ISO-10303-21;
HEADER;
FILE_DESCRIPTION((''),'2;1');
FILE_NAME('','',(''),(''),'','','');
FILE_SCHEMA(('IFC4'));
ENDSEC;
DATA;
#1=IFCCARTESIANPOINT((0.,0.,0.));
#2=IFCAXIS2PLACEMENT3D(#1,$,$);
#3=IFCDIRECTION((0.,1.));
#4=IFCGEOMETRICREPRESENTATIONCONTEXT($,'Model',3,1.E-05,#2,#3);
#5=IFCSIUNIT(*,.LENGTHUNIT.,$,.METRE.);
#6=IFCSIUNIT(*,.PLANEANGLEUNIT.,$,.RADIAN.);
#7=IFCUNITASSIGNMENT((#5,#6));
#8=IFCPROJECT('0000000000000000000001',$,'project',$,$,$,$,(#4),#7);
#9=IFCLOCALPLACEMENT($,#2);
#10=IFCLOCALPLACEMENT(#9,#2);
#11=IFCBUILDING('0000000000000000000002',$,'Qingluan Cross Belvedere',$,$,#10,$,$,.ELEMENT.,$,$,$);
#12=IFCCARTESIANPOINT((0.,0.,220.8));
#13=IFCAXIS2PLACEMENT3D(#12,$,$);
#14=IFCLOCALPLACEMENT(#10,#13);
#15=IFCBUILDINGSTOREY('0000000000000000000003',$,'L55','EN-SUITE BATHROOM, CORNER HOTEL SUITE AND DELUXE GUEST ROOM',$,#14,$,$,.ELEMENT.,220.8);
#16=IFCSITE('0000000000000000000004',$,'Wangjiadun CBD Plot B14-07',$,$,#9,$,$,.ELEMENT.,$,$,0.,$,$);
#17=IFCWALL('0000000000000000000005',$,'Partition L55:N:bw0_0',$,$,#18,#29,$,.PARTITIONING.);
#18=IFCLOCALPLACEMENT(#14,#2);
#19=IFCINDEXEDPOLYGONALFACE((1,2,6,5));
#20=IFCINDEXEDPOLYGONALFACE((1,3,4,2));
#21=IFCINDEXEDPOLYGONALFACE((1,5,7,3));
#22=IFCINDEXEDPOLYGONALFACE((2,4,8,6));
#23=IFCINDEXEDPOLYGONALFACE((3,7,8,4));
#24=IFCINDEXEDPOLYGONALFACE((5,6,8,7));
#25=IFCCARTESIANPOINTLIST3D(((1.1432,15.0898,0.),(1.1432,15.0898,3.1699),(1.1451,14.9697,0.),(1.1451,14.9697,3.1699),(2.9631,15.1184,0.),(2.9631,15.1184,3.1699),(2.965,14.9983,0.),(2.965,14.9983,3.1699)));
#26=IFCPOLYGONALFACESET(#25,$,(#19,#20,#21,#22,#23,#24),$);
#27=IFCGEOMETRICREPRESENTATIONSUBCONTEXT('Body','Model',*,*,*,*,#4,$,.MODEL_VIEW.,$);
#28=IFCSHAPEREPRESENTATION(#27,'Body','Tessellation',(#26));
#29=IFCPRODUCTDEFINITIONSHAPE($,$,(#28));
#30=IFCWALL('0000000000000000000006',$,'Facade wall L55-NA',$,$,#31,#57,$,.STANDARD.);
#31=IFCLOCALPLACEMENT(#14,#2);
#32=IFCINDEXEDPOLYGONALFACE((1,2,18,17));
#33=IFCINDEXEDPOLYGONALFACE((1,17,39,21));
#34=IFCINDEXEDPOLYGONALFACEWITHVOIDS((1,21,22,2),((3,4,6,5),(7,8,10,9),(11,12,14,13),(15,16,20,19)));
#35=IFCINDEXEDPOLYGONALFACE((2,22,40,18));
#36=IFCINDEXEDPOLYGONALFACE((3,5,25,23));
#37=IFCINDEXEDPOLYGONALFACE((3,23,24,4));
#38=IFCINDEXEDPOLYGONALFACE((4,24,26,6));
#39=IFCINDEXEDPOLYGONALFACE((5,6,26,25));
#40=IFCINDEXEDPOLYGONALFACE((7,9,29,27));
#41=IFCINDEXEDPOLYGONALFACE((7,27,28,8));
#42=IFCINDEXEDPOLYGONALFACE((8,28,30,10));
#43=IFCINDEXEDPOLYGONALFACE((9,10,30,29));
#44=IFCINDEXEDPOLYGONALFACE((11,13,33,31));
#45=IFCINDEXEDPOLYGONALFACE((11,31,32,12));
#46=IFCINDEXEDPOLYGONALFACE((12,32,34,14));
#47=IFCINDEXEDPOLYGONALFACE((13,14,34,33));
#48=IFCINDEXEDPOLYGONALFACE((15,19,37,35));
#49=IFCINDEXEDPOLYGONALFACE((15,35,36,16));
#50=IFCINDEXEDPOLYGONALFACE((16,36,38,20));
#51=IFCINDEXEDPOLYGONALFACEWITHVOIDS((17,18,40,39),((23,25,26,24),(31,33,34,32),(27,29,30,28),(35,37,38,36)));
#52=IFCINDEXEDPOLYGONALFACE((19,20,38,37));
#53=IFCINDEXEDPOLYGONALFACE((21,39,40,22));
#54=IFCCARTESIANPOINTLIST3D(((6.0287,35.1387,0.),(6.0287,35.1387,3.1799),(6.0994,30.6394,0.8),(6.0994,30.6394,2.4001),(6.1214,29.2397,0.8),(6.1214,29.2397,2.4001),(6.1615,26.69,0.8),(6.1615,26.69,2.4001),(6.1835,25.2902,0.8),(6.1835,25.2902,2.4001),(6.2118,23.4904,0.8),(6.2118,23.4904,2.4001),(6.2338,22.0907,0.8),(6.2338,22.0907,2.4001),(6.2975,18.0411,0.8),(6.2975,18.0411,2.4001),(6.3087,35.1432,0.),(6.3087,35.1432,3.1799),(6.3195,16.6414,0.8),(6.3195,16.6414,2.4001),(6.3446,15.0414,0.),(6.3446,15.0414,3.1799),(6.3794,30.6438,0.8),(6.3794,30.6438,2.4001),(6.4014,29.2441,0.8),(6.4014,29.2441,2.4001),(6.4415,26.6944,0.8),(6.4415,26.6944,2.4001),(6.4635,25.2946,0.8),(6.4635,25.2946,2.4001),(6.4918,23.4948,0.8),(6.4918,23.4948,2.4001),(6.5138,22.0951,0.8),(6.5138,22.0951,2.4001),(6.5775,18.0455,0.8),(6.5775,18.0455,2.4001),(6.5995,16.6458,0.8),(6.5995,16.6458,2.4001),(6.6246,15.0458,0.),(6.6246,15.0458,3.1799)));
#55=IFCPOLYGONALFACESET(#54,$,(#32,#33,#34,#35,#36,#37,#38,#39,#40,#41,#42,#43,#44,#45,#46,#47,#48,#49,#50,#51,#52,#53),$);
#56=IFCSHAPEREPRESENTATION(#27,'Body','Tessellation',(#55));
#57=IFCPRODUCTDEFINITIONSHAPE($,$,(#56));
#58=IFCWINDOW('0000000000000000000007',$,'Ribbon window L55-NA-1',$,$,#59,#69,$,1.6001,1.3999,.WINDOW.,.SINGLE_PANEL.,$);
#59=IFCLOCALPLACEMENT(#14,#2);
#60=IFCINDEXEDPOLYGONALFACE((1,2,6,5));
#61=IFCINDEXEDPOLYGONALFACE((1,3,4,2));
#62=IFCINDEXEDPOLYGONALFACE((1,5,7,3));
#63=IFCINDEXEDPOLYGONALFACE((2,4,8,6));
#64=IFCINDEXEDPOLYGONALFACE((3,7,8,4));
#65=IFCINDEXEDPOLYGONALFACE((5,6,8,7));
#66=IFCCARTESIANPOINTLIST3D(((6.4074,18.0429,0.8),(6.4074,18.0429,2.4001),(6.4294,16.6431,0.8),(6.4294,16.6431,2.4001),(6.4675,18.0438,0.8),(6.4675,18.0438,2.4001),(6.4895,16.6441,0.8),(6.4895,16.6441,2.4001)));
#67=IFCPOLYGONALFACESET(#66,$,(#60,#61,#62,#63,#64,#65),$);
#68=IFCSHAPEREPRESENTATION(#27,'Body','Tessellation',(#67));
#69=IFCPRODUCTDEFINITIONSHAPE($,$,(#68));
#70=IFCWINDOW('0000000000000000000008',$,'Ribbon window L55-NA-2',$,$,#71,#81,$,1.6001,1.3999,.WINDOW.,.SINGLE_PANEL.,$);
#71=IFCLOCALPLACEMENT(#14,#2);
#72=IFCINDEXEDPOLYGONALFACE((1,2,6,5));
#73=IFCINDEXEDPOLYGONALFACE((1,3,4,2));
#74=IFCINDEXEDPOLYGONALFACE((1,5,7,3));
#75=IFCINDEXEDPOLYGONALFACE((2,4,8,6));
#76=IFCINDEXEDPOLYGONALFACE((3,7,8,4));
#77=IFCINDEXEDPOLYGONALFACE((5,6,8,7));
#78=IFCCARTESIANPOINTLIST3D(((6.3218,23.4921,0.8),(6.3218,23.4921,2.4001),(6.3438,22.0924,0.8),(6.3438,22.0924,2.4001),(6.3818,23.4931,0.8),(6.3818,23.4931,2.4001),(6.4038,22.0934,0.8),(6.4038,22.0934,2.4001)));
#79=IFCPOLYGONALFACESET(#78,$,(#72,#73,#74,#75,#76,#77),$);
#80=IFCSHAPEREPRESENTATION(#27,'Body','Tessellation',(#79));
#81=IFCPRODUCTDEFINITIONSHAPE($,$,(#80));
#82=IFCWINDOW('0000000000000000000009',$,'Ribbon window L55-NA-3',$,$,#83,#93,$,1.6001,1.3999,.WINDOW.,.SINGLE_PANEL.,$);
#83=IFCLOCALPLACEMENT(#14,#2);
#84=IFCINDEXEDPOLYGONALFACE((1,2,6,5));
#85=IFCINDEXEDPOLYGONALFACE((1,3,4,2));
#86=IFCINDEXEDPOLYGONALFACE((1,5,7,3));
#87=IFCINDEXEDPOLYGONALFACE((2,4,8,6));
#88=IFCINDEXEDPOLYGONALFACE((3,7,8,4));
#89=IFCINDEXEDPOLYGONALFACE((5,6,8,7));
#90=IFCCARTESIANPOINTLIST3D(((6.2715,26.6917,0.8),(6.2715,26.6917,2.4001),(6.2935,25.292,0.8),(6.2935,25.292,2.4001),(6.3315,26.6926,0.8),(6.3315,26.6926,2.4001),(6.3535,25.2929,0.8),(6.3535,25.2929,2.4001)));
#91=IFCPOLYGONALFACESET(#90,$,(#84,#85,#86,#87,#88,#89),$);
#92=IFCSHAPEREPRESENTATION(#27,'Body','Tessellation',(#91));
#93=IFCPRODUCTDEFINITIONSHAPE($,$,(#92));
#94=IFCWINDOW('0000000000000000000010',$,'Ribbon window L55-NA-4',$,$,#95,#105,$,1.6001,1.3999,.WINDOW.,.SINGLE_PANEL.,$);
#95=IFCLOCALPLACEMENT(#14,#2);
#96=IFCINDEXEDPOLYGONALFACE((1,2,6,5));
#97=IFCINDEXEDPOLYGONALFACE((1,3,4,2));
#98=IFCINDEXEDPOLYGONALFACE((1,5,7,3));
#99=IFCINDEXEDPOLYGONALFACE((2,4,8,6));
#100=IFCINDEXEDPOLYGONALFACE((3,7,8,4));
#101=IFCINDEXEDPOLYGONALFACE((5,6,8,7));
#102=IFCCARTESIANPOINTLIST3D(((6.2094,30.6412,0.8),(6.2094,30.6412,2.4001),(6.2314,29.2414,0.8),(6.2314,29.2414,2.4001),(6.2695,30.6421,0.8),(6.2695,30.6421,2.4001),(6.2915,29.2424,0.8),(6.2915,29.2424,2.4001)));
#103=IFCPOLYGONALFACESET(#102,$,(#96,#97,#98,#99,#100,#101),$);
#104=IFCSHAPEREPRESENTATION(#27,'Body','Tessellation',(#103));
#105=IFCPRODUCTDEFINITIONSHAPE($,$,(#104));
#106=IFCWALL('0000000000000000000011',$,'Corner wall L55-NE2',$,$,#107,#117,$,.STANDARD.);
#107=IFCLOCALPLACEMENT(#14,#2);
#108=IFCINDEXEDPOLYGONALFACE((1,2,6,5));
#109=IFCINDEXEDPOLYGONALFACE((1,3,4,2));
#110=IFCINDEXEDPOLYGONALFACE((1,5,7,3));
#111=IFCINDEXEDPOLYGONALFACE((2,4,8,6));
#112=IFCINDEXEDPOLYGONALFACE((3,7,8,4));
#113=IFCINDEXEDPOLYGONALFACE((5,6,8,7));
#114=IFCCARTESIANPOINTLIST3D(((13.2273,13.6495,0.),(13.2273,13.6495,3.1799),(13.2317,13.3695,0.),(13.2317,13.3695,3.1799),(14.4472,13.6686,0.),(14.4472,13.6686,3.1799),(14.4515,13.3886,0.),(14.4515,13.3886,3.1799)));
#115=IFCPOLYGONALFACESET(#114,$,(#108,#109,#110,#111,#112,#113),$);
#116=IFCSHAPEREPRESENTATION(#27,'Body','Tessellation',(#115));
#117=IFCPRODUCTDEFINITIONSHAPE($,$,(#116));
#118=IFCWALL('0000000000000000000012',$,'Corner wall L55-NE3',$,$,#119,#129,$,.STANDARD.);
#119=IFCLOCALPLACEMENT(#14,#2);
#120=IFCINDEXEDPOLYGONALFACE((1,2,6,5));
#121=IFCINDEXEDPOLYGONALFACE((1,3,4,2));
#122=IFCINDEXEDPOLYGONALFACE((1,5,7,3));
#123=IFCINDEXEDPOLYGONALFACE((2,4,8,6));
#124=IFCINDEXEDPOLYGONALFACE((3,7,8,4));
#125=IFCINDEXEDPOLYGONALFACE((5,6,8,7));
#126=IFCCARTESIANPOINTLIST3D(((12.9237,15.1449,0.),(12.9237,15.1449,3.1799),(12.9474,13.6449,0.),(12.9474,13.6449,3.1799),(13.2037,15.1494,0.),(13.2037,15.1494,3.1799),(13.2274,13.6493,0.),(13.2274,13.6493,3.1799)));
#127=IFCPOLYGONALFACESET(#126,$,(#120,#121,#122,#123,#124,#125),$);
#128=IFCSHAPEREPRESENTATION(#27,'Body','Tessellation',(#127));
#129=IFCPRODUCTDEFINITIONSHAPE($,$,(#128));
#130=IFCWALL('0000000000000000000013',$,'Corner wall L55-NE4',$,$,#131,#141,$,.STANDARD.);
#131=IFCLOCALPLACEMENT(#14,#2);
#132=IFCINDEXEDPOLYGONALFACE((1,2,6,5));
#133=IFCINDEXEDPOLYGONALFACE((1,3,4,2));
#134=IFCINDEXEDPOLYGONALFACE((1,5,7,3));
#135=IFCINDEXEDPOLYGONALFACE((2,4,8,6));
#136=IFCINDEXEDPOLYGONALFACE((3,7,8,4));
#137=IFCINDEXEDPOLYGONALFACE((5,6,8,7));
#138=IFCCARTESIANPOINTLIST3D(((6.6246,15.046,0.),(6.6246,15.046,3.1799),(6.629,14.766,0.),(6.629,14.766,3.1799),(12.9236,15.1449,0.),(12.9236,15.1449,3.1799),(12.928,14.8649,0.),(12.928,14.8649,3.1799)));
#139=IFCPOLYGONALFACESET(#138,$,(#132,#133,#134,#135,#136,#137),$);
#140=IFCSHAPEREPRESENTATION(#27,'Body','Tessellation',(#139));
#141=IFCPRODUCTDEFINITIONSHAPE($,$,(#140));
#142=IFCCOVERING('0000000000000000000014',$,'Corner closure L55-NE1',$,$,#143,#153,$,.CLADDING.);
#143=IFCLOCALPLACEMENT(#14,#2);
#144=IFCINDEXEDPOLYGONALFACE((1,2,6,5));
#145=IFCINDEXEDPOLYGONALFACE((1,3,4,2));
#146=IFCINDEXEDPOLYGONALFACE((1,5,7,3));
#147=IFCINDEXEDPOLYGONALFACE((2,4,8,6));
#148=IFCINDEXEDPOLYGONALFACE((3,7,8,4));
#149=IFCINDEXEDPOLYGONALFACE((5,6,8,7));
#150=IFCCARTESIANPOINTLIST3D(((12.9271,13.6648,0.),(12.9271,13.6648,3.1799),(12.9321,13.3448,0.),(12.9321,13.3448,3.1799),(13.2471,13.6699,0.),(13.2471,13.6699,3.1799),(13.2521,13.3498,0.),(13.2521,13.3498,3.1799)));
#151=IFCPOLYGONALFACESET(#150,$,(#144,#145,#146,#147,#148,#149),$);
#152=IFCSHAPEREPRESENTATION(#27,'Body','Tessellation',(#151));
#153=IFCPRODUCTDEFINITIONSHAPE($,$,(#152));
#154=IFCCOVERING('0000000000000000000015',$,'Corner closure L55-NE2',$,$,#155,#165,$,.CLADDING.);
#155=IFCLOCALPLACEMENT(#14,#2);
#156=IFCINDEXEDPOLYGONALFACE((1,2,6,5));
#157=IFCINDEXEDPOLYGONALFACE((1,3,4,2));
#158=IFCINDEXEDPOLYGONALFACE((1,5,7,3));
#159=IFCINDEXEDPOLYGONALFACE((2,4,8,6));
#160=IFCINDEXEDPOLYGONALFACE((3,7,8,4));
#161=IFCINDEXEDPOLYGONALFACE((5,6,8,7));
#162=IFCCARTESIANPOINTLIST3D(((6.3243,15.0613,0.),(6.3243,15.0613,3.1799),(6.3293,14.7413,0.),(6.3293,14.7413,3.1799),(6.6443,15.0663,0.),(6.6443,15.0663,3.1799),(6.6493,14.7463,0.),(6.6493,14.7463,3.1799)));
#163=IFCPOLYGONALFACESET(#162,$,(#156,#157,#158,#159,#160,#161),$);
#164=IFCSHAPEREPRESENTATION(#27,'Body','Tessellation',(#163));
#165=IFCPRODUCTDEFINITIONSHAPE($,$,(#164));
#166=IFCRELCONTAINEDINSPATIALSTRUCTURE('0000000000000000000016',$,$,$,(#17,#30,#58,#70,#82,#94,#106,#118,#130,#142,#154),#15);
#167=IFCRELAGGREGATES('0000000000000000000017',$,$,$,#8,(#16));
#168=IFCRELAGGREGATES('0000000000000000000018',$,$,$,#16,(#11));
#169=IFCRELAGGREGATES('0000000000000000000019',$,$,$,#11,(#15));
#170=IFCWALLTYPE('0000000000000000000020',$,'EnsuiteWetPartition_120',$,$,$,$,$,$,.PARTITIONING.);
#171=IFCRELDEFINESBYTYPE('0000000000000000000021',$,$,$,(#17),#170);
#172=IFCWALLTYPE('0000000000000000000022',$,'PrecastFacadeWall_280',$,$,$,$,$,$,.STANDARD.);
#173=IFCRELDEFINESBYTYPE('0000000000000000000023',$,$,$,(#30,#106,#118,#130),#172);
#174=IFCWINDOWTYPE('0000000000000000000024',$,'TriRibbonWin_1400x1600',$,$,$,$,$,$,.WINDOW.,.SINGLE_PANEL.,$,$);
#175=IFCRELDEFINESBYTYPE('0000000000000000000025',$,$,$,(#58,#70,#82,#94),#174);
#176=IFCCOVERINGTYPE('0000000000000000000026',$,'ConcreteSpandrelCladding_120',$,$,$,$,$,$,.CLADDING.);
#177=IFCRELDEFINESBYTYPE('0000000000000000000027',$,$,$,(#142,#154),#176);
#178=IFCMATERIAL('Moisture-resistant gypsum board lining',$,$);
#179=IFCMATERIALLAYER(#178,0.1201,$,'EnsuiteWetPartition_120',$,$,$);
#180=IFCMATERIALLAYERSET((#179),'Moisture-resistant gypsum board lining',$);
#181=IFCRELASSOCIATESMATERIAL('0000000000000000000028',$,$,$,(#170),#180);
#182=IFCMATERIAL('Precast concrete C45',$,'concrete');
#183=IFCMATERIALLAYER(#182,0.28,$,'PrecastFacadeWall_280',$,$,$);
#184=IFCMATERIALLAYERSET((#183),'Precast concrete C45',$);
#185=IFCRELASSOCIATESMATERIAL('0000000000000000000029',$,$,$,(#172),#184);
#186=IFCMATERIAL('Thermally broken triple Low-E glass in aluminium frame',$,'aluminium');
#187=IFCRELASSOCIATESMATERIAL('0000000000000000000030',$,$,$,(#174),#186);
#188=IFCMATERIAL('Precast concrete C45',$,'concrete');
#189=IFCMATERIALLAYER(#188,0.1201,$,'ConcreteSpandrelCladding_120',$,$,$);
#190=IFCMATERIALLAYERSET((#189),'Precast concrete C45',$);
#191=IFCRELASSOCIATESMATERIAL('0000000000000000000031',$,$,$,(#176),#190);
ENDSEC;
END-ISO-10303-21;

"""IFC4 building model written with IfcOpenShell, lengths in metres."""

from ifc_helpers import new_model, si_unit, direction, frame, frame_2d, origin, origin_2d, place, context, subcontext, project, spatial, rectangle, extrude, material, layer, layer_set, type_object, element, fill, save


model = new_model("IFC4")

# Units and contexts
model_context = context("Model", 3, precision=1e-05, world=origin(), true_north=direction((0.0, 1.0)))
body_context = subcontext(model_context, "Body", "Model", "MODEL_VIEW")
ifc_project = project(units=[si_unit("LENGTHUNIT", "METRE"), si_unit("PLANEANGLEUNIT", "RADIAN")], contexts=[model_context])

# Site, building, storey
site_placement = place(None, origin())
site = spatial("IfcSite", under=ifc_project, at=site_placement, Name="Wangjiadun CBD Plot B14-07", CompositionType="ELEMENT", RefElevation=0.0)
building_placement = place(site_placement, origin())
building = spatial("IfcBuilding", under=site, at=building_placement, Name="Qingluan Cross Belvedere", CompositionType="ELEMENT")
storey_placement = place(building_placement, frame((0.0, 0.0, 220.8)))
storey = spatial("IfcBuildingStorey", under=building, at=storey_placement, Name="L55", Description="EN-SUITE BATHROOM, CORNER HOTEL SUITE AND DELUXE GUEST ROOM", CompositionType="ELEMENT", Elevation=220.8)

# Wall
ifc_material_1 = material(Name="Moisture-resistant gypsum board lining")
ifc_layer_1 = layer(ifc_material_1, 0.1201, Name="EnsuiteWetPartition_120")
ifc_layer_set_1 = layer_set([ifc_layer_1], Name="Moisture-resistant gypsum board lining")
wall_type_1 = type_object("IfcWallType", Name="EnsuiteWetPartition_120", PredefinedType="PARTITIONING", material=ifc_layer_set_1)
wall_1_placement = place(storey_placement, frame((1.144, 15.0298, 0.0), z_axis=(0.0, 0.0, 1.0), x_axis=(0.999877, 0.015694, 0.0)))
element("IfcWall", 1, at=wall_1_placement, inside=storey, type_object=wall_type_1, Name="Partition L55:N:bw0_0", PredefinedType="PARTITIONING", context=body_context, shape_type="SweptSolid", body=[
    extrude(rectangle(XDim=1.8201, YDim=0.1201, at=frame_2d((0.9102, 0.0))), origin(), (0.0, 0.0, 1.0), 3.1699),
])

# Wall, openings, windows
ifc_material_2 = material(Name="Precast concrete C45", Category="concrete")
ifc_layer_2 = layer(ifc_material_2, 0.28, Name="PrecastFacadeWall_280")
ifc_layer_set_2 = layer_set([ifc_layer_2], Name="Precast concrete C45")
wall_type_2 = type_object("IfcWallType", Name="PrecastFacadeWall_280", PredefinedType="STANDARD", material=ifc_layer_set_2)
wall_2_placement = place(storey_placement, frame((6.4846, 15.0437, 0.0), z_axis=(0.0, 0.0, 1.0), x_axis=(-0.015717, 0.999876, 0.0)))
wall_2 = element("IfcWall", 2, at=wall_2_placement, inside=storey, type_object=wall_type_2, Name="Facade wall L55-NA", PredefinedType="STANDARD", context=body_context, shape_type="SweptSolid", body=[
    extrude(rectangle(XDim=20.0999, YDim=0.28, at=frame_2d((10.0498, 0.0))), origin(), (0.0, 0.0, 1.0), 3.1799),
])
opening_1_placement = place(wall_2_placement, frame((1.6001, 0.0, 0.8)))
opening_1 = element("IfcOpeningElement", 3, at=opening_1_placement, cuts=wall_2, PredefinedType="OPENING", context=body_context, shape_type="SweptSolid", body=[
    extrude(rectangle(XDim=1.3999, YDim=1.6001, at=frame_2d((0.7, 0.8))), frame((0.0, 0.1499, 0.0), z_axis=(0.0, -1.0, 0.0), x_axis=(1.0, 0.0, 0.0)), (0.0, 0.0, 1.0), 0.3),
])
opening_2_placement = place(wall_2_placement, frame((7.05, 0.0, 0.8)))
opening_2 = element("IfcOpeningElement", 4, at=opening_2_placement, cuts=wall_2, PredefinedType="OPENING", context=body_context, shape_type="SweptSolid", body=[
    extrude(rectangle(XDim=1.3999, YDim=1.6001, at=frame_2d((0.7, 0.8))), frame((0.0, 0.1499, 0.0), z_axis=(0.0, -1.0, 0.0), x_axis=(1.0, 0.0, 0.0)), (0.0, 0.0, 1.0), 0.3),
])
opening_3_placement = place(wall_2_placement, frame((10.25, 0.0, 0.8)))
opening_3 = element("IfcOpeningElement", 5, at=opening_3_placement, cuts=wall_2, PredefinedType="OPENING", context=body_context, shape_type="SweptSolid", body=[
    extrude(rectangle(XDim=1.3999, YDim=1.6001, at=frame_2d((0.7, 0.8))), frame((0.0, 0.1499, 0.0), z_axis=(0.0, -1.0, 0.0), x_axis=(1.0, 0.0, 0.0)), (0.0, 0.0, 1.0), 0.3),
])
opening_4_placement = place(wall_2_placement, frame((14.2, 0.0, 0.8)))
opening_4 = element("IfcOpeningElement", 6, at=opening_4_placement, cuts=wall_2, PredefinedType="OPENING", context=body_context, shape_type="SweptSolid", body=[
    extrude(rectangle(XDim=1.3999, YDim=1.6001, at=frame_2d((0.7, 0.8))), frame((0.0, 0.1499, 0.0), z_axis=(0.0, -1.0, 0.0), x_axis=(1.0, 0.0, 0.0)), (0.0, 0.0, 1.0), 0.3),
])
ifc_material_3 = material(Name="Thermally broken triple Low-E glass in aluminium frame", Category="aluminium")
window_type = type_object("IfcWindowType", Name="TriRibbonWin_1400x1600", PartitioningType="SINGLE_PANEL", PredefinedType="WINDOW", material=ifc_material_3)
window_1_placement = place(opening_1_placement, origin())
window_1 = element("IfcWindow", 7, at=window_1_placement, inside=storey, type_object=window_type, Name="Ribbon window L55-NA-1", OverallHeight=1.6001, OverallWidth=1.3999, PartitioningType="SINGLE_PANEL", PredefinedType="WINDOW", context=body_context, shape_type="SweptSolid", body=[
    extrude(rectangle(XDim=1.3999, YDim=1.6001, at=frame_2d((0.7, 0.8))), frame((0.0, 0.03, 0.0), z_axis=(0.0, -1.0, 0.0), x_axis=(1.0, 0.0, 0.0)), (0.0, 0.0, 1.0), 0.0601),
])
fill(opening_1, window_1)
window_2_placement = place(opening_2_placement, origin())
window_2 = element("IfcWindow", 8, at=window_2_placement, inside=storey, type_object=window_type, Name="Ribbon window L55-NA-2", OverallHeight=1.6001, OverallWidth=1.3999, PartitioningType="SINGLE_PANEL", PredefinedType="WINDOW", context=body_context, shape_type="SweptSolid", body=[
    extrude(rectangle(XDim=1.3999, YDim=1.6001, at=frame_2d((0.7, 0.8))), frame((0.0, 0.03, 0.0), z_axis=(0.0, -1.0, 0.0), x_axis=(1.0, 0.0, 0.0)), (0.0, 0.0, 1.0), 0.0601),
])
fill(opening_2, window_2)
window_3_placement = place(opening_3_placement, origin())
window_3 = element("IfcWindow", 9, at=window_3_placement, inside=storey, type_object=window_type, Name="Ribbon window L55-NA-3", OverallHeight=1.6001, OverallWidth=1.3999, PartitioningType="SINGLE_PANEL", PredefinedType="WINDOW", context=body_context, shape_type="SweptSolid", body=[
    extrude(rectangle(XDim=1.3999, YDim=1.6001, at=frame_2d((0.7, 0.8))), frame((0.0, 0.03, 0.0), z_axis=(0.0, -1.0, 0.0), x_axis=(1.0, 0.0, 0.0)), (0.0, 0.0, 1.0), 0.0601),
])
fill(opening_3, window_3)
window_4_placement = place(opening_4_placement, origin())
window_4 = element("IfcWindow", 10, at=window_4_placement, inside=storey, type_object=window_type, Name="Ribbon window L55-NA-4", OverallHeight=1.6001, OverallWidth=1.3999, PartitioningType="SINGLE_PANEL", PredefinedType="WINDOW", context=body_context, shape_type="SweptSolid", body=[
    extrude(rectangle(XDim=1.3999, YDim=1.6001, at=frame_2d((0.7, 0.8))), frame((0.0, 0.03, 0.0), z_axis=(0.0, -1.0, 0.0), x_axis=(1.0, 0.0, 0.0)), (0.0, 0.0, 1.0), 0.0601),
])
fill(opening_4, window_4)

# Walls
wall_3_placement = place(storey_placement, frame((14.4492, 13.5286, 0.0), z_axis=(0.0, 0.0, 1.0), x_axis=(-0.999878, -0.015611, 0.0)))
element("IfcWall", 11, at=wall_3_placement, inside=storey, type_object=wall_type_2, Name="Corner wall L55-NE2", PredefinedType="STANDARD", context=body_context, shape_type="SweptSolid", body=[
    extrude(rectangle(XDim=1.22, YDim=0.28, at=frame_2d((0.6099, 0.0))), origin(), (0.0, 0.0, 1.0), 3.1799),
])
wall_4_placement = place(storey_placement, frame((13.0874, 13.6472, 0.0), z_axis=(0.0, 0.0, 1.0), x_axis=(-0.015786, 0.999875, 0.0)))
element("IfcWall", 12, at=wall_4_placement, inside=storey, type_object=wall_type_2, Name="Corner wall L55-NE3", PredefinedType="STANDARD", context=body_context, shape_type="SweptSolid", body=[
    extrude(rectangle(XDim=1.5002, YDim=0.28, at=frame_2d((0.75, 0.0))), origin(), (0.0, 0.0, 1.0), 3.1799),
])
wall_5_placement = place(storey_placement, frame((12.9258, 15.0049, 0.0), z_axis=(0.0, 0.0, 1.0), x_axis=(-0.999877, -0.015695, 0.0)))
element("IfcWall", 13, at=wall_5_placement, inside=storey, type_object=wall_type_2, Name="Corner wall L55-NE4", PredefinedType="STANDARD", context=body_context, shape_type="SweptSolid", body=[
    extrude(rectangle(XDim=6.2998, YDim=0.28, at=frame_2d((3.1499, 0.0))), origin(), (0.0, 0.0, 1.0), 3.1799),
])

# Coverings
ifc_material_4 = material(Name="Precast concrete C45", Category="concrete")
ifc_layer_3 = layer(ifc_material_4, 0.1201, Name="ConcreteSpandrelCladding_120")
ifc_layer_set_3 = layer_set([ifc_layer_3], Name="Precast concrete C45")
covering_type = type_object("IfcCoveringType", Name="ConcreteSpandrelCladding_120", PredefinedType="CLADDING", material=ifc_layer_set_3)
for number, where, z_axis, x_axis, name in (
    (14, (13.0896, 13.5073, 0.0), (0.0, 0.0, 1.0), (0.999877, 0.015707, 0.0), "Corner closure L55-NE1"),
    (15, (6.4868, 14.9038, 0.0), (0.0, 0.0, 1.0), (0.999877, 0.015707, 0.0), "Corner closure L55-NE2"),
):
    element("IfcCovering", number, at=place(storey_placement, frame(where, z_axis=z_axis, x_axis=x_axis)), inside=storey, type_object=covering_type, Name=name, PredefinedType="CLADDING", context=body_context, shape_type="SweptSolid", body=[
        extrude(rectangle(XDim=0.3201, YDim=0.3201, at=origin_2d()), origin(), (0.0, 0.0, 1.0), 3.1799),
    ])

save(model, "model.ifc")
